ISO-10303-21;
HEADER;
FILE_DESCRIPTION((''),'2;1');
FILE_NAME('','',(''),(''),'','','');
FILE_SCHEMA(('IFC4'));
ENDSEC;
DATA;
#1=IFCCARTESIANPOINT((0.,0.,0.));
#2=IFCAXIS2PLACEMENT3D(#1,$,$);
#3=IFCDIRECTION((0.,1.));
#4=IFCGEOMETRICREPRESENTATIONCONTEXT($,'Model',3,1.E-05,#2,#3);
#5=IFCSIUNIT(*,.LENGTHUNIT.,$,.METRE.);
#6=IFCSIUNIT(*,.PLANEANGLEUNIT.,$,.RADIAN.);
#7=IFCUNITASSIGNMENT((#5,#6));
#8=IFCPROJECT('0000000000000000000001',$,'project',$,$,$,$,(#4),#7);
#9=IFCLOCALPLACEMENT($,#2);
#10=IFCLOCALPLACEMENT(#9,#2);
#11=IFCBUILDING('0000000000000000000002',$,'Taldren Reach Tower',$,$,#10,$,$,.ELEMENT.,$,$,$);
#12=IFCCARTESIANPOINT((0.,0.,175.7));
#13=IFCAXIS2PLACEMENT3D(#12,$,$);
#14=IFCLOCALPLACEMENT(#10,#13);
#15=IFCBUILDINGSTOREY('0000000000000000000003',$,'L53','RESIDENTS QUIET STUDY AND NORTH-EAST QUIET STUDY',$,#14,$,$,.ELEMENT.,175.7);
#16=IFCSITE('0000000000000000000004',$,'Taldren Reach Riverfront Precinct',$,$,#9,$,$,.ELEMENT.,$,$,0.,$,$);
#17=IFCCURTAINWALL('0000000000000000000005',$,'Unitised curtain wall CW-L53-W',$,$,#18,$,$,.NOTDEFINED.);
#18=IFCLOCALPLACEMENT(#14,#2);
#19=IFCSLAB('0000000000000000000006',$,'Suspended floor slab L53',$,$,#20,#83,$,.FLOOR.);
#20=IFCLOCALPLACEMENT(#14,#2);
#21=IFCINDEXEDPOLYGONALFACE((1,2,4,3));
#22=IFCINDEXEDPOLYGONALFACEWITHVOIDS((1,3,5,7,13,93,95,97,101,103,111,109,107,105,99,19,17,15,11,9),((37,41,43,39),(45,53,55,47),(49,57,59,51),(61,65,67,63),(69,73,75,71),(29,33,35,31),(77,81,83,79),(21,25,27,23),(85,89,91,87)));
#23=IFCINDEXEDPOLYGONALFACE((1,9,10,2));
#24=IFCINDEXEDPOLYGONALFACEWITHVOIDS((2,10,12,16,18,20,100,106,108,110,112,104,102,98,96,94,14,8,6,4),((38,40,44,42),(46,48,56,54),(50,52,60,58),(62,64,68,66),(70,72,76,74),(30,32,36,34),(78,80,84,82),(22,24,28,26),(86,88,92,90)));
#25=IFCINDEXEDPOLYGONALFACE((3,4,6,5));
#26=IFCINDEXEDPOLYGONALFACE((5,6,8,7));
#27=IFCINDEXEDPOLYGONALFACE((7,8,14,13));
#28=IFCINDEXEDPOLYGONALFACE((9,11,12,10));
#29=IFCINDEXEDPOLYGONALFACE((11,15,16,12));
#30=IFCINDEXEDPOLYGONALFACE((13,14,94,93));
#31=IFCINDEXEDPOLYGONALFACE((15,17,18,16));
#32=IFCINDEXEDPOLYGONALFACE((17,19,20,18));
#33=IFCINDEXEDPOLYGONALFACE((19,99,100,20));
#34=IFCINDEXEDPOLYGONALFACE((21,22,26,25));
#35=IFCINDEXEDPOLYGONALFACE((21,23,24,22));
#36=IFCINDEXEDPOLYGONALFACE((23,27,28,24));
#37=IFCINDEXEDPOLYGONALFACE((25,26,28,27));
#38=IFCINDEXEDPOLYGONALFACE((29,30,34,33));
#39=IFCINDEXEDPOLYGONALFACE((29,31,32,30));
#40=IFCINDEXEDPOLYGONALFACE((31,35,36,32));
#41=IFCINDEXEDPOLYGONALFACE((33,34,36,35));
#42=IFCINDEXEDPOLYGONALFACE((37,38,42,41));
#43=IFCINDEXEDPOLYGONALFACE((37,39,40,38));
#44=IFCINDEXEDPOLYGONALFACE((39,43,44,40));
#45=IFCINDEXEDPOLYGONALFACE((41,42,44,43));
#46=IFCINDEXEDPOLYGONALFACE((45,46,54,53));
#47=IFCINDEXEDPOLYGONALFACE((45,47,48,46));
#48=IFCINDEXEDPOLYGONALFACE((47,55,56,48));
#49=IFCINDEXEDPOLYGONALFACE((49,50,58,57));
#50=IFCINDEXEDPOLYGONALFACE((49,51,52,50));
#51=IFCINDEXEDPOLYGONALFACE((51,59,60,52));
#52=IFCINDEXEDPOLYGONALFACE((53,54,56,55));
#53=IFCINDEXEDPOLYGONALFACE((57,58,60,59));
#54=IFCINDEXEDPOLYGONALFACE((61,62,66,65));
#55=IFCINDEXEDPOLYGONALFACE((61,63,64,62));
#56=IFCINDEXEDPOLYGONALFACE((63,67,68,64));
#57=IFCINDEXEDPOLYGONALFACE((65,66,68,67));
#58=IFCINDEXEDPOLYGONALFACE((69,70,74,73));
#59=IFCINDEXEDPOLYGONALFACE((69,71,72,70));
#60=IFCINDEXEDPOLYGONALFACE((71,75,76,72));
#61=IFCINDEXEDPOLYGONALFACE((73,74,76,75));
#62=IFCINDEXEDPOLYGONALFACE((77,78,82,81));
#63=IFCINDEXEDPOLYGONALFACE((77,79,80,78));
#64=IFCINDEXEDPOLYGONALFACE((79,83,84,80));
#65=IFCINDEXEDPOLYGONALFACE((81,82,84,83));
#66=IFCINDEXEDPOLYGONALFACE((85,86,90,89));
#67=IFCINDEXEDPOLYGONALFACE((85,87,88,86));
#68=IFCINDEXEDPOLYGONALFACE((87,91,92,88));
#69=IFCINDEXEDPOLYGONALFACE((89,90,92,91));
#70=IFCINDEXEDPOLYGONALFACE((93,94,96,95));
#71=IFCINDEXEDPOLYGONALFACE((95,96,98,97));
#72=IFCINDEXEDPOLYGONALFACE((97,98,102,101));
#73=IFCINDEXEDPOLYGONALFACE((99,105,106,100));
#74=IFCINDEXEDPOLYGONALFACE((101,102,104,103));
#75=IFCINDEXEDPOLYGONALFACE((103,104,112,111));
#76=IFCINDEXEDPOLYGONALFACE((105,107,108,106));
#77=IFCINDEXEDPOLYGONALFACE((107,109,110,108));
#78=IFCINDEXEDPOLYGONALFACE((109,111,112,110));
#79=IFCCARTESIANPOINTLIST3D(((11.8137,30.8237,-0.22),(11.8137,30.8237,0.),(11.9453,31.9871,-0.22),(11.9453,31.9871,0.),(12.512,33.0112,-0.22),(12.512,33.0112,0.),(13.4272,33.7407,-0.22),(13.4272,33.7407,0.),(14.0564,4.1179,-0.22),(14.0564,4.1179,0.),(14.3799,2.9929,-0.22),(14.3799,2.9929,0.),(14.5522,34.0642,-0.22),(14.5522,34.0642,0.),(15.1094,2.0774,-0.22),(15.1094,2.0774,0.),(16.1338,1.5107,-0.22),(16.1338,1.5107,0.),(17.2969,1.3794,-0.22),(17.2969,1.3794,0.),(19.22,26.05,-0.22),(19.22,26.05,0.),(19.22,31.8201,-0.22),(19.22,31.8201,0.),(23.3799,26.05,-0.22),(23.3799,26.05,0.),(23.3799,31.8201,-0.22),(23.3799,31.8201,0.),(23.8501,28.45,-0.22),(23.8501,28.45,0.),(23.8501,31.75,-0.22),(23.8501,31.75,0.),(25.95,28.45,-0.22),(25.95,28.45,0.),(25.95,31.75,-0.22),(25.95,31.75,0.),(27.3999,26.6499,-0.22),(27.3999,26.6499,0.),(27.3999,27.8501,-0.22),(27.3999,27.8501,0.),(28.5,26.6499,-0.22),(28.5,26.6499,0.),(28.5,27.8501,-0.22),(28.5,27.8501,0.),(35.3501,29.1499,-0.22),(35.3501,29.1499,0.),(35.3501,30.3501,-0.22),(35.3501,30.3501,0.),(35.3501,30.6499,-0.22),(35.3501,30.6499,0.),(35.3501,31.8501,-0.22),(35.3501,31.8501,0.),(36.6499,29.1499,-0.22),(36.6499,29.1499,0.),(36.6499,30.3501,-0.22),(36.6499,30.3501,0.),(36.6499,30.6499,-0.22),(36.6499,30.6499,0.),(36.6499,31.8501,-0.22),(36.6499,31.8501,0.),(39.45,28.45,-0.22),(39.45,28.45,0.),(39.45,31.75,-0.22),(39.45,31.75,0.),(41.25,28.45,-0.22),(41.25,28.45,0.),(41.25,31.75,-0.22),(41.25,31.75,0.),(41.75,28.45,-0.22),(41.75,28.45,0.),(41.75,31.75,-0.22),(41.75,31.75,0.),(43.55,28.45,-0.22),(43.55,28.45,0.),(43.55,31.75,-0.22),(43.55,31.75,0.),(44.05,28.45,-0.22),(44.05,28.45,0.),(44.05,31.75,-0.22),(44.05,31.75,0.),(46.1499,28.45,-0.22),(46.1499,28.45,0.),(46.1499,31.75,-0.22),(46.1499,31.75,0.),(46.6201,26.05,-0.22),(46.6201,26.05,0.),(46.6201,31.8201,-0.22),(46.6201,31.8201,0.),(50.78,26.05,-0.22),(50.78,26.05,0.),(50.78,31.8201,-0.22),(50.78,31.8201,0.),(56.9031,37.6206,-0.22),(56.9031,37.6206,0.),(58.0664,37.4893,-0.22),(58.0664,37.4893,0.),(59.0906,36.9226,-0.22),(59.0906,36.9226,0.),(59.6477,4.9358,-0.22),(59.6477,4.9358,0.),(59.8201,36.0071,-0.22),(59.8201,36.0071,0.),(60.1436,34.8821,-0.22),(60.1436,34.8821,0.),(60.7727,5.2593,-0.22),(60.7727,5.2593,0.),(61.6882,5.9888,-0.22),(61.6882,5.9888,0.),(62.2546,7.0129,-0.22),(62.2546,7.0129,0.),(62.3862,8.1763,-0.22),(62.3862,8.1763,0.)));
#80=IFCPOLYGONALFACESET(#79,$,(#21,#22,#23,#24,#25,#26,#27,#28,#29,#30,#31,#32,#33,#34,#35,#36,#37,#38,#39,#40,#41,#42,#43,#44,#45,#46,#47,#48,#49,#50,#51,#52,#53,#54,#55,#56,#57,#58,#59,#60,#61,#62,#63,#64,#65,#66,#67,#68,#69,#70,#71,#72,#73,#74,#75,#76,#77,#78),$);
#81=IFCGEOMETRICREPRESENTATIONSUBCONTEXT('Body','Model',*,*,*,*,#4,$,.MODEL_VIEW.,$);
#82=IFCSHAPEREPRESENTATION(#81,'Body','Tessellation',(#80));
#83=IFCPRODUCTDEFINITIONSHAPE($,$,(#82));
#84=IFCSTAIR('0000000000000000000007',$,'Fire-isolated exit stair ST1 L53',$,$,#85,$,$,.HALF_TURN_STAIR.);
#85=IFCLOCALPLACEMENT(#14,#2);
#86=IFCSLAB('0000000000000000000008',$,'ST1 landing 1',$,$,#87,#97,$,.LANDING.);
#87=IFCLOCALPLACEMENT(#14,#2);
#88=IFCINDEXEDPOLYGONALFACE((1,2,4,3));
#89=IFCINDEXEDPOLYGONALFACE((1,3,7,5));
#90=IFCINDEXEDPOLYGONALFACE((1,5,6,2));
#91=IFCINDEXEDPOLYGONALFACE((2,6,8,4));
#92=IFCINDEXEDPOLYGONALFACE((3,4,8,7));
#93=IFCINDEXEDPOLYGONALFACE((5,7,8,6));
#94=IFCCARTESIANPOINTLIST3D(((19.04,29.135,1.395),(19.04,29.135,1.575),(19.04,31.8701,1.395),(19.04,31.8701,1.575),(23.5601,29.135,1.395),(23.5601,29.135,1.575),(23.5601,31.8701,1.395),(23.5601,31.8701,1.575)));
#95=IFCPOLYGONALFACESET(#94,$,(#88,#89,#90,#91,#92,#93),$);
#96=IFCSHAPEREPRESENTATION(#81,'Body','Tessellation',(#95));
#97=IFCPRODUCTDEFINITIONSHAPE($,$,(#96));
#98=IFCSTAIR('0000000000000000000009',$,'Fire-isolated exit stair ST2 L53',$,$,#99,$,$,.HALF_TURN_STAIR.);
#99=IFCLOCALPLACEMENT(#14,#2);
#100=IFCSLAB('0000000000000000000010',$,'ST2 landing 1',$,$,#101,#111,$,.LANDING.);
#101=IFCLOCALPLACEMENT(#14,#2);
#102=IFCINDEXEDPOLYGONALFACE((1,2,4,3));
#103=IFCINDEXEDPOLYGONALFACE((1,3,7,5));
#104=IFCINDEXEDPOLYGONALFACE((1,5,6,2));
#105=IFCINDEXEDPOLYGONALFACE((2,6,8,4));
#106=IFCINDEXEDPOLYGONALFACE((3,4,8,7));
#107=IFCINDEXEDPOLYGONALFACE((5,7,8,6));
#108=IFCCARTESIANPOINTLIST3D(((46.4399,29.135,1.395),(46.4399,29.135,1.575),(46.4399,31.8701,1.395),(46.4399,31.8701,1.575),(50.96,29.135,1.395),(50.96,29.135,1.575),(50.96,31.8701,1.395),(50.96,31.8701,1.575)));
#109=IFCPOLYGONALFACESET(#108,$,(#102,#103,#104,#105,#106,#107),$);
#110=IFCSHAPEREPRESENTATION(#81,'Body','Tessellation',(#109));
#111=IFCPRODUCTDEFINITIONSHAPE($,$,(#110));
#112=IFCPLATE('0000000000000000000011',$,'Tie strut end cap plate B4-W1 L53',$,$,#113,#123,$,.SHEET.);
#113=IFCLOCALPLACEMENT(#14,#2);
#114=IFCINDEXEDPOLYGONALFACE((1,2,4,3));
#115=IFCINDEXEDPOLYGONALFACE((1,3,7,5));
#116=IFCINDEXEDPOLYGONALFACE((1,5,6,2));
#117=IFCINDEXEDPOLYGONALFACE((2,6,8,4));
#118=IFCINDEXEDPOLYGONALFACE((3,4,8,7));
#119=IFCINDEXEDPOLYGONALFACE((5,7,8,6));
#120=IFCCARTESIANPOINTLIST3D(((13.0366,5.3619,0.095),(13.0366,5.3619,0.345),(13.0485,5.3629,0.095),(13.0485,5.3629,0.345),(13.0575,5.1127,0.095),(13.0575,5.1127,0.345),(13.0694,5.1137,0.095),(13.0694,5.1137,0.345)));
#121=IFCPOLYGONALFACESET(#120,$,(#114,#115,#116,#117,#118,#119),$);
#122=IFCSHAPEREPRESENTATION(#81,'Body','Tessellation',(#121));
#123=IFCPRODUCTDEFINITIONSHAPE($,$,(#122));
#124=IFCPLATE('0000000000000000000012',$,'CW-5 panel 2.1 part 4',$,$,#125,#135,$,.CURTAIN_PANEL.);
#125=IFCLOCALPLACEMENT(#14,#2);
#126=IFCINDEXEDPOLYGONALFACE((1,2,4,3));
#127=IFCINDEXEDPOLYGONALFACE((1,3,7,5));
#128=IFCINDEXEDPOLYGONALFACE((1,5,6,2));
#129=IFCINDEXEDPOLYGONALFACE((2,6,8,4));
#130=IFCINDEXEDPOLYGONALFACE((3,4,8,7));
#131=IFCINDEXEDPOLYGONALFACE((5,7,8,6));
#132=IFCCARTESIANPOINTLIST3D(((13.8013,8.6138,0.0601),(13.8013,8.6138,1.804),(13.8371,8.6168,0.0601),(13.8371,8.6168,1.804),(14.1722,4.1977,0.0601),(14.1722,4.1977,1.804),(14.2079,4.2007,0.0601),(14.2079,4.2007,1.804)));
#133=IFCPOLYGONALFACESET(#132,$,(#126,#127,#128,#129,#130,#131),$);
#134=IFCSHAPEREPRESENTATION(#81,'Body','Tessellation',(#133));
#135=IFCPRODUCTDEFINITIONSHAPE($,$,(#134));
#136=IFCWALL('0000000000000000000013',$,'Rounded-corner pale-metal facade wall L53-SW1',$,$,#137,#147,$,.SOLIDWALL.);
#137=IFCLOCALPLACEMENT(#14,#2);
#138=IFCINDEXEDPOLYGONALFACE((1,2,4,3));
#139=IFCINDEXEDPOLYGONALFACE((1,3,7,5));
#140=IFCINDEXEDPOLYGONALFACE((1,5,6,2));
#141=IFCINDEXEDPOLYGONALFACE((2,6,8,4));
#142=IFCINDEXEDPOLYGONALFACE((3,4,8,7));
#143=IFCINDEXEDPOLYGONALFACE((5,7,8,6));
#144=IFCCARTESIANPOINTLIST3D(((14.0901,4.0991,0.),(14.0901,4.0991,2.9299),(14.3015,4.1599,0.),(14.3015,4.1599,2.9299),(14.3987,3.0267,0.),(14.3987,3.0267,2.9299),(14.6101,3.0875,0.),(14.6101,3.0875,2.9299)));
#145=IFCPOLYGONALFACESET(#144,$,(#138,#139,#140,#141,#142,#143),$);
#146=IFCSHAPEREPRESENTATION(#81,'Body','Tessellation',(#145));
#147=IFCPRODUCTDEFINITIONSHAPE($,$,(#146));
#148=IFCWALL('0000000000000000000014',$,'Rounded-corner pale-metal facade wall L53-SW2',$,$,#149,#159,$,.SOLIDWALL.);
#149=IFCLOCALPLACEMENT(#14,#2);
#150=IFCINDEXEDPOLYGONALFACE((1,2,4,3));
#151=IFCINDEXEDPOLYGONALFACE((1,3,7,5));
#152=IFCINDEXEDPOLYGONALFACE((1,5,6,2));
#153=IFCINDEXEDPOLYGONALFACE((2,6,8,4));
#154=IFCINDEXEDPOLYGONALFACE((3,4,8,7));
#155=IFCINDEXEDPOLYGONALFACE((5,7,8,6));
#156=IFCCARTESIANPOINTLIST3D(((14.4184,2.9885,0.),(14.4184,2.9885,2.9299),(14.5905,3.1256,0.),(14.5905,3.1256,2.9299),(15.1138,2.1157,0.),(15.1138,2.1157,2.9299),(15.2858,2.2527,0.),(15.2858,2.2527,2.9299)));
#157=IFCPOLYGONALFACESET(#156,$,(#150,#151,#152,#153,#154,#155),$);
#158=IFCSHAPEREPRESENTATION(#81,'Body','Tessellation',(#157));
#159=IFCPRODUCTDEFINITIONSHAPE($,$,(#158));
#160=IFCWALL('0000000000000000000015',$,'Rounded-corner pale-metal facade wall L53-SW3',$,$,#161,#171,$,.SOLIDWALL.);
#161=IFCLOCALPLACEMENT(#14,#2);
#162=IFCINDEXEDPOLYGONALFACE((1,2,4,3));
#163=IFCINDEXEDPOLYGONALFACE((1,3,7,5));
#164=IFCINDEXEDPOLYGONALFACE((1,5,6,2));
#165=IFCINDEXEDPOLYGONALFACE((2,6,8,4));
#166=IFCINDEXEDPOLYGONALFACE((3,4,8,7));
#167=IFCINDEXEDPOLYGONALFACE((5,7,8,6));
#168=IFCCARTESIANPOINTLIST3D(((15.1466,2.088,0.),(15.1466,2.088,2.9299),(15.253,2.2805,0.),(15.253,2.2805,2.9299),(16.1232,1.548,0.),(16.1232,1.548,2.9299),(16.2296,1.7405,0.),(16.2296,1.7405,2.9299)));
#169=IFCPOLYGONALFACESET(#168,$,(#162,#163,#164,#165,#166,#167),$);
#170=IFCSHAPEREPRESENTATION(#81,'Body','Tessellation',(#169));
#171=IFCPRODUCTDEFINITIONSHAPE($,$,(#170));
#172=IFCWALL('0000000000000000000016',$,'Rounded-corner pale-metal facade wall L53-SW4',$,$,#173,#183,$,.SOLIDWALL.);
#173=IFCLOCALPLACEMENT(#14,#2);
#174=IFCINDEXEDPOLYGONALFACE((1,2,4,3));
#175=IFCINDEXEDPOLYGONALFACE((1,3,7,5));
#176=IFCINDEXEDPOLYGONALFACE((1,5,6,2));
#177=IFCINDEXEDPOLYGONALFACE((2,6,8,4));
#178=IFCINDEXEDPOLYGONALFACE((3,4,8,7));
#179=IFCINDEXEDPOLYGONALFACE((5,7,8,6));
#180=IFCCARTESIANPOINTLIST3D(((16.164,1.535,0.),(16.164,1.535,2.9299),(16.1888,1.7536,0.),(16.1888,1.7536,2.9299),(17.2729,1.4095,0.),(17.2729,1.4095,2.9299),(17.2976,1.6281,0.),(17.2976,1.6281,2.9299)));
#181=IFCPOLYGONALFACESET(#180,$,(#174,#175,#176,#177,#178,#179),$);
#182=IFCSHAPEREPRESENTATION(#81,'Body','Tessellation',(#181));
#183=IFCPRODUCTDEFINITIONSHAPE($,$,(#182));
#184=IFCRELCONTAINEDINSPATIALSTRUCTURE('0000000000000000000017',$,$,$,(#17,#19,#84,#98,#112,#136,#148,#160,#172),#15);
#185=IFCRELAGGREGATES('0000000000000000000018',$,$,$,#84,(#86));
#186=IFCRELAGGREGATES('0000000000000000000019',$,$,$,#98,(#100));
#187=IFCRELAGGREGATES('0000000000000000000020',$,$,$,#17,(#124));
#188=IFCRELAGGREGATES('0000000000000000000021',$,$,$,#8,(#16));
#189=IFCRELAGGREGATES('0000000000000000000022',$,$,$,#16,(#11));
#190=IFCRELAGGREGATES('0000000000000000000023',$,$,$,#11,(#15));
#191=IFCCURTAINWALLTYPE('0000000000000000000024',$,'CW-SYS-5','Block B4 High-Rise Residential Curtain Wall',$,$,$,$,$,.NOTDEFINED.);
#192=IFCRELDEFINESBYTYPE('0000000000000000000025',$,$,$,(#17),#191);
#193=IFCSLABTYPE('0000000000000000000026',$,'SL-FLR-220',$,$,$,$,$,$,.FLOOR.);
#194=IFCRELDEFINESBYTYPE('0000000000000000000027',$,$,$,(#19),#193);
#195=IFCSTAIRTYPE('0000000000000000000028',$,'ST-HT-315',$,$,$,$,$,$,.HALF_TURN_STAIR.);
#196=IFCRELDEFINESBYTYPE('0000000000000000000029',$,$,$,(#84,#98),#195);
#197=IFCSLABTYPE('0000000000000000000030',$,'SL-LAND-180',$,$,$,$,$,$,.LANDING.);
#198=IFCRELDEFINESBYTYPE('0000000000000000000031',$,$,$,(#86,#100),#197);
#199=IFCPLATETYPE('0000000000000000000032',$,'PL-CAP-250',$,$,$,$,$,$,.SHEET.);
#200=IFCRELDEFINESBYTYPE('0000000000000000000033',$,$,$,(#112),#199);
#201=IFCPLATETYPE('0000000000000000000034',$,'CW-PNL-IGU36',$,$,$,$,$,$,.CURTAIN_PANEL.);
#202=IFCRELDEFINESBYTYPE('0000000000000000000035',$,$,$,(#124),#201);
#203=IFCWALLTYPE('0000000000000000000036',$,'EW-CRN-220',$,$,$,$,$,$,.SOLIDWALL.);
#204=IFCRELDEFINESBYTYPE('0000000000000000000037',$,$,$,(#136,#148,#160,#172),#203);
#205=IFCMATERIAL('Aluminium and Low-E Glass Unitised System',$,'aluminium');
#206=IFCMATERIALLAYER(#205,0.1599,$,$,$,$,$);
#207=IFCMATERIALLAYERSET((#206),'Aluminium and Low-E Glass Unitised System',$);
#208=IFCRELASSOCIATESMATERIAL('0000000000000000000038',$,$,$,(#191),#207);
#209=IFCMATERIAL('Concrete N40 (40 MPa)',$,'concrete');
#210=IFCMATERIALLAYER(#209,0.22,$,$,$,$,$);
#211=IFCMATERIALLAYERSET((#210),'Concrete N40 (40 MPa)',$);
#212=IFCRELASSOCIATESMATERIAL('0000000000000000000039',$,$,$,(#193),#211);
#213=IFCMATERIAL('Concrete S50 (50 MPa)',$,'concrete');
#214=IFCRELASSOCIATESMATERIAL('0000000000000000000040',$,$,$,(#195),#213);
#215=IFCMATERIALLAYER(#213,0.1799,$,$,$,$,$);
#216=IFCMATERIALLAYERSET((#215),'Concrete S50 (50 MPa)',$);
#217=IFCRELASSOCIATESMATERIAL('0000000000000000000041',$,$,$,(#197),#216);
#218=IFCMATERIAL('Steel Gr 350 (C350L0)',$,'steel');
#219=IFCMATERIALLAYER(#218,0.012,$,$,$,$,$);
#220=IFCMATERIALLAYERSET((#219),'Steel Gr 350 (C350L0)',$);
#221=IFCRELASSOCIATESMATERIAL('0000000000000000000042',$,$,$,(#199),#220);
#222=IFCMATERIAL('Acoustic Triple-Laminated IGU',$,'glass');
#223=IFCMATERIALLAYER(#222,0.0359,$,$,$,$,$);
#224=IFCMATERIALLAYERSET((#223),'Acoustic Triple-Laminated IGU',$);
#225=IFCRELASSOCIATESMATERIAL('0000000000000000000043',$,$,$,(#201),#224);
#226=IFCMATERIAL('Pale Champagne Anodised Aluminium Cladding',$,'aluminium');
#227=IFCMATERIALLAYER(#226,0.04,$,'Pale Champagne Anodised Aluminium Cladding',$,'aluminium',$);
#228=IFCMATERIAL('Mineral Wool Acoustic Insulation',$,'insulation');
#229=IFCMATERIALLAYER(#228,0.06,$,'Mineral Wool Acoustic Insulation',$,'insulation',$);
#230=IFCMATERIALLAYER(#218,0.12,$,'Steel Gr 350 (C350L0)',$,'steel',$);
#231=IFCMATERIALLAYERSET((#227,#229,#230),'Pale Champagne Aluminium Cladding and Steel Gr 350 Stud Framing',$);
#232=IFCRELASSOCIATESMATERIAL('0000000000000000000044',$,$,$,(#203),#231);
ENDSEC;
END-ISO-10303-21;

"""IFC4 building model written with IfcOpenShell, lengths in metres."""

from ifc_helpers import new_model, si_unit, direction, frame, frame_2d, origin, origin_2d, place, context, subcontext, project, spatial, polyline, rectangle, outline, extrude, source, transform, mapped, material, layer, layer_set, type_object, element, aggregate, save


model = new_model("IFC4")

# Units and contexts
model_context = context("Model", 3, precision=1e-05, world=origin(), true_north=direction((0.0, 1.0)))
body_context = subcontext(model_context, "Body", "Model", "MODEL_VIEW")
ifc_project = project(units=[si_unit("LENGTHUNIT", "METRE"), si_unit("PLANEANGLEUNIT", "RADIAN")], contexts=[model_context])

# Site, building, storey
site_placement = place(None, origin())
site = spatial("IfcSite", under=ifc_project, at=site_placement, Name="Taldren Reach Riverfront Precinct", CompositionType="ELEMENT", RefElevation=0.0)
building_placement = place(site_placement, origin())
building = spatial("IfcBuilding", under=site, at=building_placement, Name="Taldren Reach Tower", CompositionType="ELEMENT")
storey_placement = place(building_placement, frame((0.0, 0.0, 175.7)))
storey = spatial("IfcBuildingStorey", under=building, at=storey_placement, Name="L53", Description="RESIDENTS QUIET STUDY AND NORTH-EAST QUIET STUDY", CompositionType="ELEMENT", Elevation=175.7)

# Shared definitions
ifc_material_1 = material(Name="Steel Gr 350 (C350L0)", Category="steel")

# Curtain wall
ifc_material_2 = material(Name="Aluminium and Low-E Glass Unitised System", Category="aluminium")
ifc_layer_1 = layer(ifc_material_2, 0.1599)
ifc_layer_set_1 = layer_set([ifc_layer_1], Name="Aluminium and Low-E Glass Unitised System")
curtain_wall_type = type_object("IfcCurtainWallType", Name="CW-SYS-5", Description="Block B4 High-Rise Residential Curtain Wall", PredefinedType="NOTDEFINED", material=ifc_layer_set_1)
curtain_wall_1_placement = place(storey_placement, origin())
curtain_wall_1 = element("IfcCurtainWall", 1, at=curtain_wall_1_placement, inside=storey, type_object=curtain_wall_type, Name="Unitised curtain wall CW-L53-W", PredefinedType="NOTDEFINED")

# Slab
ifc_material_3 = material(Name="Concrete N40 (40 MPa)", Category="concrete")
ifc_layer_2 = layer(ifc_material_3, 0.22)
ifc_layer_set_2 = layer_set([ifc_layer_2], Name="Concrete N40 (40 MPa)")
slab_type_1 = type_object("IfcSlabType", Name="SL-FLR-220", PredefinedType="FLOOR", material=ifc_layer_set_2)
slab_1_placement = place(storey_placement, frame((0.0, 0.0, -0.22)))
element("IfcSlab", 2, at=slab_1_placement, inside=storey, type_object=slab_type_1, Name="Suspended floor slab L53", PredefinedType="FLOOR", context=body_context, shape_type="SweptSolid", body=[
    extrude(outline(polyline([(59.6477, 4.9358), (60.7727, 5.2593), (61.6882, 5.9888), (62.2546, 7.0129), (62.3862, 8.1763), (60.1436, 34.8821), (59.8201, 36.0071), (59.0906, 36.9226), (58.0664, 37.4893), (56.9031, 37.6206), (14.5522, 34.0642), (13.4272, 33.7407), (12.512, 33.0112), (11.9453, 31.9871), (11.8137, 30.8237), (14.0564, 4.1179), (14.3799, 2.9929), (15.1094, 2.0774), (16.1338, 1.5107), (17.2969, 1.3794), (59.6477, 4.9358)]), holes=[polyline([(19.22, 26.05), (23.3799, 26.05), (23.3799, 31.8201), (19.22, 31.8201), (19.22, 26.05)]), polyline([(46.6201, 26.05), (50.78, 26.05), (50.78, 31.8201), (46.6201, 31.8201), (46.6201, 26.05)]), polyline([(23.8501, 28.45), (25.95, 28.45), (25.95, 31.75), (23.8501, 31.75), (23.8501, 28.45)]), polyline([(44.05, 28.45), (46.1499, 28.45), (46.1499, 31.75), (44.05, 31.75), (44.05, 28.45)]), polyline([(39.45, 28.45), (41.25, 28.45), (41.25, 31.75), (39.45, 31.75), (39.45, 28.45)]), polyline([(41.75, 28.45), (43.55, 28.45), (43.55, 31.75), (41.75, 31.75), (41.75, 28.45)]), polyline([(35.3501, 30.6499), (36.6499, 30.6499), (36.6499, 31.8501), (35.3501, 31.8501), (35.3501, 30.6499)]), polyline([(35.3501, 29.1499), (36.6499, 29.1499), (36.6499, 30.3501), (35.3501, 30.3501), (35.3501, 29.1499)]), polyline([(27.3999, 26.6499), (28.5, 26.6499), (28.5, 27.8501), (27.3999, 27.8501), (27.3999, 26.6499)])]), origin(), (0.0, 0.0, 1.0), 0.22),
])

# Stairs, slabs
ifc_material_4 = material(Name="Concrete S50 (50 MPa)", Category="concrete")
stair_type = type_object("IfcStairType", Name="ST-HT-315", PredefinedType="HALF_TURN_STAIR", material=ifc_material_4)
stair_1_placement = place(storey_placement, origin())
stair_1 = element("IfcStair", 3, at=stair_1_placement, inside=storey, type_object=stair_type, Name="Fire-isolated exit stair ST1 L53", PredefinedType="HALF_TURN_STAIR")
ifc_layer_3 = layer(ifc_material_4, 0.1799)
ifc_layer_set_3 = layer_set([ifc_layer_3], Name="Concrete S50 (50 MPa)")
slab_type_2 = type_object("IfcSlabType", Name="SL-LAND-180", PredefinedType="LANDING", material=ifc_layer_set_3)
slab_2_placement = place(storey_placement, frame((0.0, 0.0, 1.395)))
slab_2 = element("IfcSlab", 4, at=slab_2_placement, type_object=slab_type_2, Name="ST1 landing 1", PredefinedType="LANDING", context=body_context, shape_type="SweptSolid", body=[
    extrude(outline(polyline([(19.04, 29.135), (23.5601, 29.135), (23.5601, 31.8701), (19.04, 31.8701), (19.04, 29.135)])), origin(), (0.0, 0.0, 1.0), 0.1799),
])
aggregate(stair_1, [slab_2])
stair_2_placement = place(storey_placement, origin())
stair_2 = element("IfcStair", 5, at=stair_2_placement, inside=storey, type_object=stair_type, Name="Fire-isolated exit stair ST2 L53", PredefinedType="HALF_TURN_STAIR")
slab_3_placement = place(storey_placement, frame((0.0, 0.0, 1.395)))
slab_3 = element("IfcSlab", 6, at=slab_3_placement, type_object=slab_type_2, Name="ST2 landing 1", PredefinedType="LANDING", context=body_context, shape_type="SweptSolid", body=[
    extrude(outline(polyline([(46.4399, 29.135), (50.96, 29.135), (50.96, 31.8701), (46.4399, 31.8701), (46.4399, 29.135)])), origin(), (0.0, 0.0, 1.0), 0.1799),
])
aggregate(stair_2, [slab_3])

# Plates
ifc_layer_4 = layer(ifc_material_1, 0.012)
ifc_layer_set_4 = layer_set([ifc_layer_4], Name="Steel Gr 350 (C350L0)")
plate_type_1 = type_object("IfcPlateType", Name="PL-CAP-250", PredefinedType="SHEET", material=ifc_layer_set_4)
shared_shape_1 = source(origin(), body_context, "Body", "SweptSolid", [
    extrude(rectangle(XDim=0.012, YDim=0.25, at=origin_2d()), origin(), (0.0, 0.0, 1.0), 0.25),
])
plate_1_placement = place(storey_placement, frame((13.053, 5.2378, 0.095), z_axis=(0.0, 0.0, 1.0), x_axis=(0.996493, 0.083678, 0.0)))
element("IfcPlate", 7, at=plate_1_placement, inside=storey, type_object=plate_type_1, Name="Tie strut end cap plate B4-W1 L53", PredefinedType="SHEET", context=body_context, shape_type="MappedRepresentation", body=[
    mapped(shared_shape_1, transform((0.0, 0.0, 0.0), scale=1.0)),
])
ifc_material_5 = material(Name="Acoustic Triple-Laminated IGU", Category="glass")
ifc_layer_5 = layer(ifc_material_5, 0.0359)
ifc_layer_set_5 = layer_set([ifc_layer_5], Name="Acoustic Triple-Laminated IGU")
plate_type_2 = type_object("IfcPlateType", Name="CW-PNL-IGU36", PredefinedType="CURTAIN_PANEL", material=ifc_layer_set_5)
shared_shape_2 = source(origin(), body_context, "Body", "SweptSolid", [
    extrude(rectangle(XDim=4.4316, YDim=0.0359, at=origin_2d()), origin(), (0.0, 0.0, 1.0), 1.7439),
])
plate_2_placement = place(storey_placement, frame((14.0046, 6.4072, 0.0601), z_axis=(0.0, 0.0, 1.0), x_axis=(0.083678, -0.996493, 0.0)))
plate_2 = element("IfcPlate", 8, at=plate_2_placement, type_object=plate_type_2, Name="CW-5 panel 2.1 part 4", PredefinedType="CURTAIN_PANEL", context=body_context, shape_type="MappedRepresentation", body=[
    mapped(shared_shape_2, transform((0.0, 0.0, 0.0), scale=1.0)),
])
aggregate(curtain_wall_1, [plate_2])

# Walls
ifc_material_6 = material(Name="Pale Champagne Anodised Aluminium Cladding", Category="aluminium")
ifc_layer_6 = layer(ifc_material_6, 0.04, Name="Pale Champagne Anodised Aluminium Cladding", Category="aluminium")
ifc_material_7 = material(Name="Mineral Wool Acoustic Insulation", Category="insulation")
ifc_layer_7 = layer(ifc_material_7, 0.06, Name="Mineral Wool Acoustic Insulation", Category="insulation")
ifc_layer_8 = layer(ifc_material_1, 0.12, Name="Steel Gr 350 (C350L0)", Category="steel")
ifc_layer_set_6 = layer_set([ifc_layer_6, ifc_layer_7, ifc_layer_8], Name="Pale Champagne Aluminium Cladding and Steel Gr 350 Stud Framing")
wall_type_1 = type_object("IfcWallType", Name="EW-CRN-220", PredefinedType="SOLIDWALL", material=ifc_layer_set_6)
shared_shape_3 = source(origin(), body_context, "Body", "SweptSolid", [
    extrude(rectangle(XDim=1.116, YDim=0.22, at=frame_2d((0.5581, 0.0))), origin(), (0.0, 0.0, 1.0), 2.9299),
])
for number, where, z_axis, x_axis, name in (
    (9, (14.1958, 4.1296, 0.0), (0.0, 0.0, 1.0), (0.276512, -0.96101, 0.0), "Rounded-corner pale-metal facade wall L53-SW1"),
    (10, (14.5044, 3.0571, 0.0), (0.0, 0.0, 1.0), (0.623093, -0.782148, 0.0), "Rounded-corner pale-metal facade wall L53-SW2"),
    (11, (15.1997, 2.1843, 0.0), (0.0, 0.0, 1.0), (0.875105, -0.483933, 0.0), "Rounded-corner pale-metal facade wall L53-SW3"),
    (12, (16.1763, 1.6443, 0.0), (0.0, 0.0, 1.0), (0.993658, -0.112448, 0.0), "Rounded-corner pale-metal facade wall L53-SW4"),
):
    element("IfcWall", number, at=place(storey_placement, frame(where, z_axis=z_axis, x_axis=x_axis)), inside=storey, type_object=wall_type_1, Name=name, PredefinedType="SOLIDWALL", context=body_context, shape_type="MappedRepresentation", body=[
        mapped(shared_shape_3, transform((0.0, 0.0, 0.0), scale=1.0)),
    ])

save(model, "model.ifc")
